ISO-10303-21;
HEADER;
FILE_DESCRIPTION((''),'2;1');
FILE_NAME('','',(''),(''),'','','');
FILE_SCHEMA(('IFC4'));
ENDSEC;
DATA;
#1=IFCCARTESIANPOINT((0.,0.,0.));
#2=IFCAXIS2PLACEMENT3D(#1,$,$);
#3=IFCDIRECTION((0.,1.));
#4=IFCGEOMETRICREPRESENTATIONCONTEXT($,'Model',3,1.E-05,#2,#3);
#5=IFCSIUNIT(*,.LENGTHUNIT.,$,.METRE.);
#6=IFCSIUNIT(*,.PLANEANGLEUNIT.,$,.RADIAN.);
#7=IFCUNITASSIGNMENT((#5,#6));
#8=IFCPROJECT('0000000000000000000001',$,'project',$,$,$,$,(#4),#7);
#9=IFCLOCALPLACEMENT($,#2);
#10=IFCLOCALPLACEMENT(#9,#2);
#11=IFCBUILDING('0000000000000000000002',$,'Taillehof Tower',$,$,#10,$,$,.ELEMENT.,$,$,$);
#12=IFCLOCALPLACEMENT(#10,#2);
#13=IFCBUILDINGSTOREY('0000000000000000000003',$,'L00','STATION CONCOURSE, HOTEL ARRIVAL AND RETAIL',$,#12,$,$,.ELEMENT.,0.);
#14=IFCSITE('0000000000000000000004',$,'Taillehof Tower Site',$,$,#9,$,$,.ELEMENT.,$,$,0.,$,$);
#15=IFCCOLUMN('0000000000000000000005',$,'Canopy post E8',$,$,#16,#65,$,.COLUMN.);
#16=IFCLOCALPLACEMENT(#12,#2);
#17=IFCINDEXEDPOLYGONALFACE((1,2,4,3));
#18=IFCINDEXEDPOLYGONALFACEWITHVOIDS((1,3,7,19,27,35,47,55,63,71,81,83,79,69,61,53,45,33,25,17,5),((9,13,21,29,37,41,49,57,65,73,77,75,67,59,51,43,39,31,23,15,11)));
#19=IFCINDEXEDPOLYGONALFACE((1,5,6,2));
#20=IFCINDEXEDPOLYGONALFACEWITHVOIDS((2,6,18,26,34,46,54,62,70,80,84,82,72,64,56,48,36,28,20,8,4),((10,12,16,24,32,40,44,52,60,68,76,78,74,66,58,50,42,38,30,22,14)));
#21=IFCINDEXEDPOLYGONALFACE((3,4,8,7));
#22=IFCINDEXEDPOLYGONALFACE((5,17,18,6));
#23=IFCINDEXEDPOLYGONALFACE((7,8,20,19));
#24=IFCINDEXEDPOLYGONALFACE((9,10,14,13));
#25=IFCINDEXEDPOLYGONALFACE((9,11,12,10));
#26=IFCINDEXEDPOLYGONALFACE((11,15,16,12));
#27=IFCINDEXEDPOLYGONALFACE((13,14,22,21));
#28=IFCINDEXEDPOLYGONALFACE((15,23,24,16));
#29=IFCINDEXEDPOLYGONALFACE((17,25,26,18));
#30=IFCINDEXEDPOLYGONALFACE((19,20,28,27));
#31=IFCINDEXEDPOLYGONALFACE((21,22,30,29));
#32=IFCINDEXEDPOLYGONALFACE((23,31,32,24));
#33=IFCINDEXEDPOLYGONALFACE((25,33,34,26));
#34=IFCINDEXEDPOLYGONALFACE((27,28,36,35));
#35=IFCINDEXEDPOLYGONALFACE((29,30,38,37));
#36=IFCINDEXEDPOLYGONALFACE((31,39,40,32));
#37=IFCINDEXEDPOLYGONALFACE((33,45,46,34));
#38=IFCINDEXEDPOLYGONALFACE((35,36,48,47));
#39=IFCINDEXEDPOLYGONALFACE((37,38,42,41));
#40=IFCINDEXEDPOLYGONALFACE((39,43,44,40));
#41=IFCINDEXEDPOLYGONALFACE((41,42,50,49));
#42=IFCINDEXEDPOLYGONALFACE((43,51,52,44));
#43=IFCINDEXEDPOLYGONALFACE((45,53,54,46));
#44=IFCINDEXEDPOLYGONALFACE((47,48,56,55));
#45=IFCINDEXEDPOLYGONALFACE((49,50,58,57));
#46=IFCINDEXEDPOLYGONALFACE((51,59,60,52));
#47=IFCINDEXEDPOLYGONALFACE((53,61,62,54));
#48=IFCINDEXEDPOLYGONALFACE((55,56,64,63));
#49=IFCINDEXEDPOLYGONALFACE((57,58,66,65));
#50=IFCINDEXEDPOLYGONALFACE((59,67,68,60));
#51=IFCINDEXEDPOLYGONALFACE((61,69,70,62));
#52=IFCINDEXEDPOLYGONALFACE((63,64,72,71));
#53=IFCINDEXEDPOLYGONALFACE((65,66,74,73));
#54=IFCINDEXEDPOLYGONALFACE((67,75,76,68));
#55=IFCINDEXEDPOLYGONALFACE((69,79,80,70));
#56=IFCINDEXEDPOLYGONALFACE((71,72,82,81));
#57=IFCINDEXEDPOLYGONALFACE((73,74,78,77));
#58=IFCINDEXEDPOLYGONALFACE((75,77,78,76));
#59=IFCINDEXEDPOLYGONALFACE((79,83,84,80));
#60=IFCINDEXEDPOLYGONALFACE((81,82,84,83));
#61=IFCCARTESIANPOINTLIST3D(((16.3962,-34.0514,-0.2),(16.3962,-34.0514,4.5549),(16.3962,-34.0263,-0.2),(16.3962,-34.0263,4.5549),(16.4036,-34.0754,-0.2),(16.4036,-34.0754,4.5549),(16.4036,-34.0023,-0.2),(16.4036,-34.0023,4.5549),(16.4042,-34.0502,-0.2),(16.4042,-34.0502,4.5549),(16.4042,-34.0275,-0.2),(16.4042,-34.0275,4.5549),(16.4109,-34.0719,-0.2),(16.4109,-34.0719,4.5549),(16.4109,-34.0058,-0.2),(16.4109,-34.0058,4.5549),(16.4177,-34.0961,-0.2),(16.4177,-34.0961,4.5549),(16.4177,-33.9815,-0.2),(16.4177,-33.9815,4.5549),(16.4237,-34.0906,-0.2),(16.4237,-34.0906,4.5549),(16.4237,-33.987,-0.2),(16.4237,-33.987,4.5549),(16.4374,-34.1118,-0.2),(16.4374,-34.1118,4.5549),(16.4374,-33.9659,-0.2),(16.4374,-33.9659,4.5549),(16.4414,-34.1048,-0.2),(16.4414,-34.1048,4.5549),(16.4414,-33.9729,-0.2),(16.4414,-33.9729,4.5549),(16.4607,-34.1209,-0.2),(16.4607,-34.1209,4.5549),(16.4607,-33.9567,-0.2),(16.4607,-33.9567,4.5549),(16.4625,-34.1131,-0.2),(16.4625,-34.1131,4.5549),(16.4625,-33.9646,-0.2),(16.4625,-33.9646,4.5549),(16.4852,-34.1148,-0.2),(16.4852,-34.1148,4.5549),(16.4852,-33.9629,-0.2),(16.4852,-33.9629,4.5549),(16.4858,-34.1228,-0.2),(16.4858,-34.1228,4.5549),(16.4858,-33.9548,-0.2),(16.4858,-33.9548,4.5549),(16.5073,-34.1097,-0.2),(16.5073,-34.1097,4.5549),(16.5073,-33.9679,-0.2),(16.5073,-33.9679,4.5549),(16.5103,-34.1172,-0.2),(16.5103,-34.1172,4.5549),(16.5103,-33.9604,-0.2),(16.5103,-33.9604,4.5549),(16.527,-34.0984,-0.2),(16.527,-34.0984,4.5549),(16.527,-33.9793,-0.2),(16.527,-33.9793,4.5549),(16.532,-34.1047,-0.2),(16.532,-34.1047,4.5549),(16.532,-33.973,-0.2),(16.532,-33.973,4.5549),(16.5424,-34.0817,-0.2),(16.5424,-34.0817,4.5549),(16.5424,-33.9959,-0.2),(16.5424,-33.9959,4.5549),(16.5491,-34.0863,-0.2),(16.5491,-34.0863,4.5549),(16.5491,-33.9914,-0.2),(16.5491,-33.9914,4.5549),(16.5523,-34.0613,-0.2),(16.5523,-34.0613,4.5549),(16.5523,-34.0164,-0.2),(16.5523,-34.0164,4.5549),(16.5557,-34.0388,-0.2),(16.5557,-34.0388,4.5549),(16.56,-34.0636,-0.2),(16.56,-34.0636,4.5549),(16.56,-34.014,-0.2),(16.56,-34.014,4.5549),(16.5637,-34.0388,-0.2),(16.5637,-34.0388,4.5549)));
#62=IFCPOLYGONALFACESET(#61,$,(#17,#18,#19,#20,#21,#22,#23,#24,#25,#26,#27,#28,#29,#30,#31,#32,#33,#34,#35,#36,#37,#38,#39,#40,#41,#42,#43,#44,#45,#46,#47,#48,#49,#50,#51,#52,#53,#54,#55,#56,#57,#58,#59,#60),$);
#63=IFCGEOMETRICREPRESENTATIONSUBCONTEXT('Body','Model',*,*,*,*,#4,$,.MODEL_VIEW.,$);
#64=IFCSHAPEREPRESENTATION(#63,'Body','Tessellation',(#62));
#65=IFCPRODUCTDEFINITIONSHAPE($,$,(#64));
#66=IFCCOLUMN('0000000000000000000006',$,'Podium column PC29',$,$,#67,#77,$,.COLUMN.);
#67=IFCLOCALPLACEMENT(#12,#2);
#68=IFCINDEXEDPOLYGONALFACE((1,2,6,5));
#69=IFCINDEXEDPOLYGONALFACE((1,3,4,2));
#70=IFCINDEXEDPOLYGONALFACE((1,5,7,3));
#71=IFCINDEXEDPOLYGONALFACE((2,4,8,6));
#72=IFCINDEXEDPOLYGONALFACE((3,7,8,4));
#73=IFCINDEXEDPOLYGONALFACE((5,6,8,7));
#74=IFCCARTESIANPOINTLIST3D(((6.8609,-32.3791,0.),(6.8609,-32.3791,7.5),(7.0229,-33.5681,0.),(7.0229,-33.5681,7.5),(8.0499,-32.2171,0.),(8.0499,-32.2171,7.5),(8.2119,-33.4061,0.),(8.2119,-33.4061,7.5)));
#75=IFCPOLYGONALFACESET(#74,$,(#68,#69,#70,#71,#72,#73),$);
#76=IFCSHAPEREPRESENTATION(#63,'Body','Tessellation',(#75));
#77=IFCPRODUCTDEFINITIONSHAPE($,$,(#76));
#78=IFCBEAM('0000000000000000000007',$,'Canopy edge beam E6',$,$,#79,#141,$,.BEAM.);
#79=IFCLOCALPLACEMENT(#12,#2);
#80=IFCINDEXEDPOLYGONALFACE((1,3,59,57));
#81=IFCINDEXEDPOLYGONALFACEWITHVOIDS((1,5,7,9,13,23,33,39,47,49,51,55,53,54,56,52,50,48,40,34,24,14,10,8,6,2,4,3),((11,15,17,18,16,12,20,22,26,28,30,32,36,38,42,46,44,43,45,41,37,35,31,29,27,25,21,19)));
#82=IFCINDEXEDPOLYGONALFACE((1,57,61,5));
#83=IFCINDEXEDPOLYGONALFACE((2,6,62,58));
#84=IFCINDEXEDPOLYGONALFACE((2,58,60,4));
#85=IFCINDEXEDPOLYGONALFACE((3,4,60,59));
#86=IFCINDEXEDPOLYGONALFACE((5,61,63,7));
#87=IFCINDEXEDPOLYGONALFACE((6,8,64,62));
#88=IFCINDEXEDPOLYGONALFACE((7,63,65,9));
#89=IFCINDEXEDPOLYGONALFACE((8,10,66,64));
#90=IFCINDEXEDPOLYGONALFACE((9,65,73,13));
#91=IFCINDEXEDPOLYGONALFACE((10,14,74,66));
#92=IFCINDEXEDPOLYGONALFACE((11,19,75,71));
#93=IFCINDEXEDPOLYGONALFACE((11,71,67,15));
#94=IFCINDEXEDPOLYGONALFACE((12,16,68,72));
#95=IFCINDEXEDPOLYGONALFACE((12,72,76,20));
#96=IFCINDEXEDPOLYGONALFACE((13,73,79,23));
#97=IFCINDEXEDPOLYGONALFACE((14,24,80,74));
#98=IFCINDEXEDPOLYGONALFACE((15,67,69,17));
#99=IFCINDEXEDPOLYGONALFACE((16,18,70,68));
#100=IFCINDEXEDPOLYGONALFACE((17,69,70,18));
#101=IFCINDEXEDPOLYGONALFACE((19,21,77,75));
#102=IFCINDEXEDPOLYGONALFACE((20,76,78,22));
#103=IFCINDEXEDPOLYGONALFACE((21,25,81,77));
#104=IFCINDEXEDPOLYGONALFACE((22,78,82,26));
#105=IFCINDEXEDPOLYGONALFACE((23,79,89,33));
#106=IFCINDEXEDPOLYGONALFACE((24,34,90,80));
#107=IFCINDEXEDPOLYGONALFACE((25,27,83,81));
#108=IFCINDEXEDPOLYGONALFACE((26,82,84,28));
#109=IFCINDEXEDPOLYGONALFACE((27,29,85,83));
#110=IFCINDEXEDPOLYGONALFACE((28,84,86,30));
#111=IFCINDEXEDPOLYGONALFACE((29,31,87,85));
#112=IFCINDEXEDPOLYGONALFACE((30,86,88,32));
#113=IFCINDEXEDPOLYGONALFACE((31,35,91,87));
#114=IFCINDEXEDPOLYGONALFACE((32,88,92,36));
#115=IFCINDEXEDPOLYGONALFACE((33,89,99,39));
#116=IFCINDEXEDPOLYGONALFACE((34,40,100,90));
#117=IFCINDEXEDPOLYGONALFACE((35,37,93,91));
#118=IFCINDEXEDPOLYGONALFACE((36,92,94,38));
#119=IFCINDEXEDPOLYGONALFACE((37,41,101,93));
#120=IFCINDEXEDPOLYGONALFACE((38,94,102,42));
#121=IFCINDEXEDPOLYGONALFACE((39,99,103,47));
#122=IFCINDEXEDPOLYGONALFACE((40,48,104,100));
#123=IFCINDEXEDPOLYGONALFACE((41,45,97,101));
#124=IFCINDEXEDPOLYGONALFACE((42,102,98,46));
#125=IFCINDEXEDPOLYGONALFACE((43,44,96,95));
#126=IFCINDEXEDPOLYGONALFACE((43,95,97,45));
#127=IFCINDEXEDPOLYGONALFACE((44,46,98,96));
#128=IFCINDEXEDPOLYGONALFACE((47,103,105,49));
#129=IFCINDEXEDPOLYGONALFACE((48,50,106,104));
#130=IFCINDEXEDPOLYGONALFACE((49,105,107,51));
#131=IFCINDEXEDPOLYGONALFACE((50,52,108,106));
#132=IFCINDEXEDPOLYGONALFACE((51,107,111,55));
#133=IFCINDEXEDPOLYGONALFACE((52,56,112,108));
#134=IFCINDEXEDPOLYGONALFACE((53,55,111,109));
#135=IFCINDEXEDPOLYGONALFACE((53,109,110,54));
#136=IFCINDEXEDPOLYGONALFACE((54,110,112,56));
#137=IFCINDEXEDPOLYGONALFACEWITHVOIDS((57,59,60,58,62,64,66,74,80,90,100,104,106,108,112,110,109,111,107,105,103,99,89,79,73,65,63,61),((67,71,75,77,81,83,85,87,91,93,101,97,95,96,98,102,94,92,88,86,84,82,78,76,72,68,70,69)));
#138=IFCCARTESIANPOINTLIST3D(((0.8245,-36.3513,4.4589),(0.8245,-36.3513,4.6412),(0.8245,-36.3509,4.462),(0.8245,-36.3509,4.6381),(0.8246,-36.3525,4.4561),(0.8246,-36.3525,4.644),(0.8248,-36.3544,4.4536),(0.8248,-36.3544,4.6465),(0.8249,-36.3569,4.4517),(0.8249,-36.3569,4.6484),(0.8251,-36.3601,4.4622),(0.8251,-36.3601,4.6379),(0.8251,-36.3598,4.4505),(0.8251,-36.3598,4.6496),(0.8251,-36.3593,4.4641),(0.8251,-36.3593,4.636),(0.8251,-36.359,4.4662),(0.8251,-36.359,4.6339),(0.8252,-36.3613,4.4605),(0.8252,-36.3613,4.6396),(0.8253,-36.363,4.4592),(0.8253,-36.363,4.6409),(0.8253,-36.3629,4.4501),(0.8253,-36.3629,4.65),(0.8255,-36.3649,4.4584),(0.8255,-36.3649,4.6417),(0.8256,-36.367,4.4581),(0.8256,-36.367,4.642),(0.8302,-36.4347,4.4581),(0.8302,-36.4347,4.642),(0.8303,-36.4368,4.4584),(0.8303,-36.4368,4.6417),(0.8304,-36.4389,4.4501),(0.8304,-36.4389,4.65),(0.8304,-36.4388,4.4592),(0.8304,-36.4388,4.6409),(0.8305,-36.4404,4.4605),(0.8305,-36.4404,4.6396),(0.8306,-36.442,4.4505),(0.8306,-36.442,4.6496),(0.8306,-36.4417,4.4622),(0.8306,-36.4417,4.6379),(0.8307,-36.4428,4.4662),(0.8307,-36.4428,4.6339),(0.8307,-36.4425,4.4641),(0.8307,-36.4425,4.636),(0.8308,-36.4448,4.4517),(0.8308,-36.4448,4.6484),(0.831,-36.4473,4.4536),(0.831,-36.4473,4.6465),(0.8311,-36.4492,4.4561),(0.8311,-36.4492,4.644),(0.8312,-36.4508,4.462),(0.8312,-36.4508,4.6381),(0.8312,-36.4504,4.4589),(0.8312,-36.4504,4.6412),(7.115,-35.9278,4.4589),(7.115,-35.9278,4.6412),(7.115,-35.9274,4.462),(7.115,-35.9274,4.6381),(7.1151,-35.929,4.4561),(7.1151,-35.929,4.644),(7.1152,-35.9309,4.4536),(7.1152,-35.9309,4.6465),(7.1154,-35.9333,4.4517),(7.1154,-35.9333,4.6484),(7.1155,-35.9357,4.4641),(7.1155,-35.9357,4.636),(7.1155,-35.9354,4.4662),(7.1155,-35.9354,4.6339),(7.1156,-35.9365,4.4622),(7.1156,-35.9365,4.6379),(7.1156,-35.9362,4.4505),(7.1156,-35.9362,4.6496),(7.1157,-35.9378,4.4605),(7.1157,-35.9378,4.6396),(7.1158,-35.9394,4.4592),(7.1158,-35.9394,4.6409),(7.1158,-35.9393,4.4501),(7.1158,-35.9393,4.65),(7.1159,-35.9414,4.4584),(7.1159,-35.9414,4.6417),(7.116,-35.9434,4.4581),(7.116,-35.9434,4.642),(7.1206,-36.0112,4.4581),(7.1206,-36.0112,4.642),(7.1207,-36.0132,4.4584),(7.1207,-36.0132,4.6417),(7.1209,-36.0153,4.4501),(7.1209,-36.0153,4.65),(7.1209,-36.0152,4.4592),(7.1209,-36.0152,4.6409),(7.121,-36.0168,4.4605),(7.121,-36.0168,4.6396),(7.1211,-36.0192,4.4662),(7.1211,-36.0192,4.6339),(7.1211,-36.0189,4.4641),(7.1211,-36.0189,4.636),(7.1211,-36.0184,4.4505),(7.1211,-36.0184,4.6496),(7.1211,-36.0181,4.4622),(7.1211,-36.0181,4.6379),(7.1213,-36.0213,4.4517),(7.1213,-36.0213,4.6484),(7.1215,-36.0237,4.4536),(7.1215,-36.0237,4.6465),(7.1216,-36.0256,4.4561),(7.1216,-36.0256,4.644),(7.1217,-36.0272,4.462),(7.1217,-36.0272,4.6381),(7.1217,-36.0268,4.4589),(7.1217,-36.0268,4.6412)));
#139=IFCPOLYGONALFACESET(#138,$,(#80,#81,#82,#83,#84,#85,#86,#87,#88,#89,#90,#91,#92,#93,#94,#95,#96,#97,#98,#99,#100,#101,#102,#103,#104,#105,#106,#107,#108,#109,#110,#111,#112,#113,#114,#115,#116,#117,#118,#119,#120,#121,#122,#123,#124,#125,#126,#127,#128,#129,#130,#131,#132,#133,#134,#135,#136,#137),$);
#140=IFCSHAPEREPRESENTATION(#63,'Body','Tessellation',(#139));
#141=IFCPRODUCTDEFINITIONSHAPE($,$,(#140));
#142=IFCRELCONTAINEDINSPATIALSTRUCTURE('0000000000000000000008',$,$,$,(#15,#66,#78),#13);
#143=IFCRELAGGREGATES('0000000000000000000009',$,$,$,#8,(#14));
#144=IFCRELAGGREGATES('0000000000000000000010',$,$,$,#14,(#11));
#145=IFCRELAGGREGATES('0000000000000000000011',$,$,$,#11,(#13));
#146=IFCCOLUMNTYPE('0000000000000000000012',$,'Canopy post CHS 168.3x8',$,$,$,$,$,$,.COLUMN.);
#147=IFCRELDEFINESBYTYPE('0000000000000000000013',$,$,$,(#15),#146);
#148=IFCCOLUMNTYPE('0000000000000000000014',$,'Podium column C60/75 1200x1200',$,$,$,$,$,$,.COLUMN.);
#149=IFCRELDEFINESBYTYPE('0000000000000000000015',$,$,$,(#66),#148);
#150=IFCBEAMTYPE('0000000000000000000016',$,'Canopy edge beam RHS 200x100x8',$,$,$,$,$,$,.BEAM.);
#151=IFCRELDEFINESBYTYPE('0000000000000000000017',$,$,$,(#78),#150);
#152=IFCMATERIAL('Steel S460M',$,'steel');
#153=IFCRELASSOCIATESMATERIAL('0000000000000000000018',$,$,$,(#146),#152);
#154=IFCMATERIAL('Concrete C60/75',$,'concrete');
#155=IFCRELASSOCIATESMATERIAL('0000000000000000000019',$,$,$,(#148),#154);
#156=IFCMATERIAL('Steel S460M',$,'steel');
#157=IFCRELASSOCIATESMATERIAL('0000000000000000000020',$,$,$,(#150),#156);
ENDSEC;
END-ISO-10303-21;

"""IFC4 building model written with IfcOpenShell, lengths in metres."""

from ifc_helpers import new_model, si_unit, direction, frame, origin, origin_2d, place, context, subcontext, project, spatial, rectangle, hollow_rectangle, hollow_circle, extrude, material, material_profile, profile_set, type_object, element, save


model = new_model("IFC4")

# Units and contexts
model_context = context("Model", 3, precision=1e-05, world=origin(), true_north=direction((0.0, 1.0)))
body_context = subcontext(model_context, "Body", "Model", "MODEL_VIEW")
ifc_project = project(units=[si_unit("LENGTHUNIT", "METRE"), si_unit("PLANEANGLEUNIT", "RADIAN")], contexts=[model_context])

# Site, building, storey
site_placement = place(None, origin())
site = spatial("IfcSite", under=ifc_project, at=site_placement, Name="Taillehof Tower Site", CompositionType="ELEMENT", RefElevation=0.0)
building_placement = place(site_placement, origin())
building = spatial("IfcBuilding", under=site, at=building_placement, Name="Taillehof Tower", CompositionType="ELEMENT")
storey_placement = place(building_placement, origin())
storey = spatial("IfcBuildingStorey", under=building, at=storey_placement, Name="L00", Description="STATION CONCOURSE, HOTEL ARRIVAL AND RETAIL", CompositionType="ELEMENT", Elevation=0.0)

# Columns
ifc_material_1 = material(Name="Steel S460M", Category="steel")
ifc_material_profile_1 = material_profile(ifc_material_1, hollow_circle(Radius=0.0842, WallThickness=0.0081, at=origin_2d()), Name="CHS 168.3x8")
ifc_profile_set_1 = profile_set([ifc_material_profile_1], Name="Steel S460M")
column_type_1 = type_object("IfcColumnType", Name="Canopy post CHS 168.3x8", PredefinedType="COLUMN", material=ifc_profile_set_1)
for number, where, z_axis, x_axis, name in (
    (1, (16.4795, -34.0388, -0.2), (0.0, 0.0, 1.0), (1.0, 0.0, 0.0), "Canopy post E8"),
):
    element("IfcColumn", number, at=place(storey_placement, frame(where, z_axis=z_axis, x_axis=x_axis)), inside=storey, type_object=column_type_1, Name=name, PredefinedType="COLUMN", context=body_context, shape_type="SweptSolid", body=[
        extrude(hollow_circle(Radius=0.0842, WallThickness=0.0081, at=origin_2d()), origin(), (0.0, 0.0, 1.0), 4.7549),
    ])
ifc_material_2 = material(Name="Concrete C60/75", Category="concrete")
ifc_material_profile_2 = material_profile(ifc_material_2, rectangle(XDim=1.2, YDim=1.2, at=origin_2d()), Name="RC 1200x1200")
ifc_profile_set_2 = profile_set([ifc_material_profile_2], Name="Concrete C60/75")
column_type_2 = type_object("IfcColumnType", Name="Podium column C60/75 1200x1200", PredefinedType="COLUMN", material=ifc_profile_set_2)
column_placement = place(storey_placement, frame((7.5364, -32.8926, 0.0), z_axis=(0.0, 0.0, 1.0), x_axis=(0.135005, -0.990845, 0.0)))
element("IfcColumn", 2, at=column_placement, inside=storey, type_object=column_type_2, Name="Podium column PC29", PredefinedType="COLUMN", context=body_context, shape_type="SweptSolid", body=[
    extrude(rectangle(XDim=1.2, YDim=1.2, at=origin_2d()), origin(), (0.0, 0.0, 1.0), 7.5),
])

# Beam
ifc_material_3 = material(Name="Steel S460M", Category="steel")
ifc_material_profile_3 = material_profile(ifc_material_3, hollow_rectangle(XDim=0.1001, YDim=0.2, WallThickness=0.0081, InnerFilletRadius=0.0081, OuterFilletRadius=0.012, at=origin_2d()), Name="RHS 200x100x8")
ifc_profile_set_3 = profile_set([ifc_material_profile_3], Name="Steel S460M")
beam_type_1 = type_object("IfcBeamType", Name="Canopy edge beam RHS 200x100x8", PredefinedType="BEAM", material=ifc_profile_set_3)
beam_1_placement = place(storey_placement, frame((0.8279, -36.4009, 4.55), z_axis=(0.997741, 0.067185, 0.0), x_axis=(-0.067185, 0.997741, 0.0)))
element("IfcBeam", 3, at=beam_1_placement, inside=storey, type_object=beam_type_1, Name="Canopy edge beam E6", PredefinedType="BEAM", context=body_context, shape_type="SweptSolid", body=[
    extrude(hollow_rectangle(XDim=0.1001, YDim=0.2, WallThickness=0.0081, InnerFilletRadius=0.0081, OuterFilletRadius=0.012, at=origin_2d()), origin(), (0.0, 0.0, 1.0), 6.3047),
])

save(model, "model.ifc")
